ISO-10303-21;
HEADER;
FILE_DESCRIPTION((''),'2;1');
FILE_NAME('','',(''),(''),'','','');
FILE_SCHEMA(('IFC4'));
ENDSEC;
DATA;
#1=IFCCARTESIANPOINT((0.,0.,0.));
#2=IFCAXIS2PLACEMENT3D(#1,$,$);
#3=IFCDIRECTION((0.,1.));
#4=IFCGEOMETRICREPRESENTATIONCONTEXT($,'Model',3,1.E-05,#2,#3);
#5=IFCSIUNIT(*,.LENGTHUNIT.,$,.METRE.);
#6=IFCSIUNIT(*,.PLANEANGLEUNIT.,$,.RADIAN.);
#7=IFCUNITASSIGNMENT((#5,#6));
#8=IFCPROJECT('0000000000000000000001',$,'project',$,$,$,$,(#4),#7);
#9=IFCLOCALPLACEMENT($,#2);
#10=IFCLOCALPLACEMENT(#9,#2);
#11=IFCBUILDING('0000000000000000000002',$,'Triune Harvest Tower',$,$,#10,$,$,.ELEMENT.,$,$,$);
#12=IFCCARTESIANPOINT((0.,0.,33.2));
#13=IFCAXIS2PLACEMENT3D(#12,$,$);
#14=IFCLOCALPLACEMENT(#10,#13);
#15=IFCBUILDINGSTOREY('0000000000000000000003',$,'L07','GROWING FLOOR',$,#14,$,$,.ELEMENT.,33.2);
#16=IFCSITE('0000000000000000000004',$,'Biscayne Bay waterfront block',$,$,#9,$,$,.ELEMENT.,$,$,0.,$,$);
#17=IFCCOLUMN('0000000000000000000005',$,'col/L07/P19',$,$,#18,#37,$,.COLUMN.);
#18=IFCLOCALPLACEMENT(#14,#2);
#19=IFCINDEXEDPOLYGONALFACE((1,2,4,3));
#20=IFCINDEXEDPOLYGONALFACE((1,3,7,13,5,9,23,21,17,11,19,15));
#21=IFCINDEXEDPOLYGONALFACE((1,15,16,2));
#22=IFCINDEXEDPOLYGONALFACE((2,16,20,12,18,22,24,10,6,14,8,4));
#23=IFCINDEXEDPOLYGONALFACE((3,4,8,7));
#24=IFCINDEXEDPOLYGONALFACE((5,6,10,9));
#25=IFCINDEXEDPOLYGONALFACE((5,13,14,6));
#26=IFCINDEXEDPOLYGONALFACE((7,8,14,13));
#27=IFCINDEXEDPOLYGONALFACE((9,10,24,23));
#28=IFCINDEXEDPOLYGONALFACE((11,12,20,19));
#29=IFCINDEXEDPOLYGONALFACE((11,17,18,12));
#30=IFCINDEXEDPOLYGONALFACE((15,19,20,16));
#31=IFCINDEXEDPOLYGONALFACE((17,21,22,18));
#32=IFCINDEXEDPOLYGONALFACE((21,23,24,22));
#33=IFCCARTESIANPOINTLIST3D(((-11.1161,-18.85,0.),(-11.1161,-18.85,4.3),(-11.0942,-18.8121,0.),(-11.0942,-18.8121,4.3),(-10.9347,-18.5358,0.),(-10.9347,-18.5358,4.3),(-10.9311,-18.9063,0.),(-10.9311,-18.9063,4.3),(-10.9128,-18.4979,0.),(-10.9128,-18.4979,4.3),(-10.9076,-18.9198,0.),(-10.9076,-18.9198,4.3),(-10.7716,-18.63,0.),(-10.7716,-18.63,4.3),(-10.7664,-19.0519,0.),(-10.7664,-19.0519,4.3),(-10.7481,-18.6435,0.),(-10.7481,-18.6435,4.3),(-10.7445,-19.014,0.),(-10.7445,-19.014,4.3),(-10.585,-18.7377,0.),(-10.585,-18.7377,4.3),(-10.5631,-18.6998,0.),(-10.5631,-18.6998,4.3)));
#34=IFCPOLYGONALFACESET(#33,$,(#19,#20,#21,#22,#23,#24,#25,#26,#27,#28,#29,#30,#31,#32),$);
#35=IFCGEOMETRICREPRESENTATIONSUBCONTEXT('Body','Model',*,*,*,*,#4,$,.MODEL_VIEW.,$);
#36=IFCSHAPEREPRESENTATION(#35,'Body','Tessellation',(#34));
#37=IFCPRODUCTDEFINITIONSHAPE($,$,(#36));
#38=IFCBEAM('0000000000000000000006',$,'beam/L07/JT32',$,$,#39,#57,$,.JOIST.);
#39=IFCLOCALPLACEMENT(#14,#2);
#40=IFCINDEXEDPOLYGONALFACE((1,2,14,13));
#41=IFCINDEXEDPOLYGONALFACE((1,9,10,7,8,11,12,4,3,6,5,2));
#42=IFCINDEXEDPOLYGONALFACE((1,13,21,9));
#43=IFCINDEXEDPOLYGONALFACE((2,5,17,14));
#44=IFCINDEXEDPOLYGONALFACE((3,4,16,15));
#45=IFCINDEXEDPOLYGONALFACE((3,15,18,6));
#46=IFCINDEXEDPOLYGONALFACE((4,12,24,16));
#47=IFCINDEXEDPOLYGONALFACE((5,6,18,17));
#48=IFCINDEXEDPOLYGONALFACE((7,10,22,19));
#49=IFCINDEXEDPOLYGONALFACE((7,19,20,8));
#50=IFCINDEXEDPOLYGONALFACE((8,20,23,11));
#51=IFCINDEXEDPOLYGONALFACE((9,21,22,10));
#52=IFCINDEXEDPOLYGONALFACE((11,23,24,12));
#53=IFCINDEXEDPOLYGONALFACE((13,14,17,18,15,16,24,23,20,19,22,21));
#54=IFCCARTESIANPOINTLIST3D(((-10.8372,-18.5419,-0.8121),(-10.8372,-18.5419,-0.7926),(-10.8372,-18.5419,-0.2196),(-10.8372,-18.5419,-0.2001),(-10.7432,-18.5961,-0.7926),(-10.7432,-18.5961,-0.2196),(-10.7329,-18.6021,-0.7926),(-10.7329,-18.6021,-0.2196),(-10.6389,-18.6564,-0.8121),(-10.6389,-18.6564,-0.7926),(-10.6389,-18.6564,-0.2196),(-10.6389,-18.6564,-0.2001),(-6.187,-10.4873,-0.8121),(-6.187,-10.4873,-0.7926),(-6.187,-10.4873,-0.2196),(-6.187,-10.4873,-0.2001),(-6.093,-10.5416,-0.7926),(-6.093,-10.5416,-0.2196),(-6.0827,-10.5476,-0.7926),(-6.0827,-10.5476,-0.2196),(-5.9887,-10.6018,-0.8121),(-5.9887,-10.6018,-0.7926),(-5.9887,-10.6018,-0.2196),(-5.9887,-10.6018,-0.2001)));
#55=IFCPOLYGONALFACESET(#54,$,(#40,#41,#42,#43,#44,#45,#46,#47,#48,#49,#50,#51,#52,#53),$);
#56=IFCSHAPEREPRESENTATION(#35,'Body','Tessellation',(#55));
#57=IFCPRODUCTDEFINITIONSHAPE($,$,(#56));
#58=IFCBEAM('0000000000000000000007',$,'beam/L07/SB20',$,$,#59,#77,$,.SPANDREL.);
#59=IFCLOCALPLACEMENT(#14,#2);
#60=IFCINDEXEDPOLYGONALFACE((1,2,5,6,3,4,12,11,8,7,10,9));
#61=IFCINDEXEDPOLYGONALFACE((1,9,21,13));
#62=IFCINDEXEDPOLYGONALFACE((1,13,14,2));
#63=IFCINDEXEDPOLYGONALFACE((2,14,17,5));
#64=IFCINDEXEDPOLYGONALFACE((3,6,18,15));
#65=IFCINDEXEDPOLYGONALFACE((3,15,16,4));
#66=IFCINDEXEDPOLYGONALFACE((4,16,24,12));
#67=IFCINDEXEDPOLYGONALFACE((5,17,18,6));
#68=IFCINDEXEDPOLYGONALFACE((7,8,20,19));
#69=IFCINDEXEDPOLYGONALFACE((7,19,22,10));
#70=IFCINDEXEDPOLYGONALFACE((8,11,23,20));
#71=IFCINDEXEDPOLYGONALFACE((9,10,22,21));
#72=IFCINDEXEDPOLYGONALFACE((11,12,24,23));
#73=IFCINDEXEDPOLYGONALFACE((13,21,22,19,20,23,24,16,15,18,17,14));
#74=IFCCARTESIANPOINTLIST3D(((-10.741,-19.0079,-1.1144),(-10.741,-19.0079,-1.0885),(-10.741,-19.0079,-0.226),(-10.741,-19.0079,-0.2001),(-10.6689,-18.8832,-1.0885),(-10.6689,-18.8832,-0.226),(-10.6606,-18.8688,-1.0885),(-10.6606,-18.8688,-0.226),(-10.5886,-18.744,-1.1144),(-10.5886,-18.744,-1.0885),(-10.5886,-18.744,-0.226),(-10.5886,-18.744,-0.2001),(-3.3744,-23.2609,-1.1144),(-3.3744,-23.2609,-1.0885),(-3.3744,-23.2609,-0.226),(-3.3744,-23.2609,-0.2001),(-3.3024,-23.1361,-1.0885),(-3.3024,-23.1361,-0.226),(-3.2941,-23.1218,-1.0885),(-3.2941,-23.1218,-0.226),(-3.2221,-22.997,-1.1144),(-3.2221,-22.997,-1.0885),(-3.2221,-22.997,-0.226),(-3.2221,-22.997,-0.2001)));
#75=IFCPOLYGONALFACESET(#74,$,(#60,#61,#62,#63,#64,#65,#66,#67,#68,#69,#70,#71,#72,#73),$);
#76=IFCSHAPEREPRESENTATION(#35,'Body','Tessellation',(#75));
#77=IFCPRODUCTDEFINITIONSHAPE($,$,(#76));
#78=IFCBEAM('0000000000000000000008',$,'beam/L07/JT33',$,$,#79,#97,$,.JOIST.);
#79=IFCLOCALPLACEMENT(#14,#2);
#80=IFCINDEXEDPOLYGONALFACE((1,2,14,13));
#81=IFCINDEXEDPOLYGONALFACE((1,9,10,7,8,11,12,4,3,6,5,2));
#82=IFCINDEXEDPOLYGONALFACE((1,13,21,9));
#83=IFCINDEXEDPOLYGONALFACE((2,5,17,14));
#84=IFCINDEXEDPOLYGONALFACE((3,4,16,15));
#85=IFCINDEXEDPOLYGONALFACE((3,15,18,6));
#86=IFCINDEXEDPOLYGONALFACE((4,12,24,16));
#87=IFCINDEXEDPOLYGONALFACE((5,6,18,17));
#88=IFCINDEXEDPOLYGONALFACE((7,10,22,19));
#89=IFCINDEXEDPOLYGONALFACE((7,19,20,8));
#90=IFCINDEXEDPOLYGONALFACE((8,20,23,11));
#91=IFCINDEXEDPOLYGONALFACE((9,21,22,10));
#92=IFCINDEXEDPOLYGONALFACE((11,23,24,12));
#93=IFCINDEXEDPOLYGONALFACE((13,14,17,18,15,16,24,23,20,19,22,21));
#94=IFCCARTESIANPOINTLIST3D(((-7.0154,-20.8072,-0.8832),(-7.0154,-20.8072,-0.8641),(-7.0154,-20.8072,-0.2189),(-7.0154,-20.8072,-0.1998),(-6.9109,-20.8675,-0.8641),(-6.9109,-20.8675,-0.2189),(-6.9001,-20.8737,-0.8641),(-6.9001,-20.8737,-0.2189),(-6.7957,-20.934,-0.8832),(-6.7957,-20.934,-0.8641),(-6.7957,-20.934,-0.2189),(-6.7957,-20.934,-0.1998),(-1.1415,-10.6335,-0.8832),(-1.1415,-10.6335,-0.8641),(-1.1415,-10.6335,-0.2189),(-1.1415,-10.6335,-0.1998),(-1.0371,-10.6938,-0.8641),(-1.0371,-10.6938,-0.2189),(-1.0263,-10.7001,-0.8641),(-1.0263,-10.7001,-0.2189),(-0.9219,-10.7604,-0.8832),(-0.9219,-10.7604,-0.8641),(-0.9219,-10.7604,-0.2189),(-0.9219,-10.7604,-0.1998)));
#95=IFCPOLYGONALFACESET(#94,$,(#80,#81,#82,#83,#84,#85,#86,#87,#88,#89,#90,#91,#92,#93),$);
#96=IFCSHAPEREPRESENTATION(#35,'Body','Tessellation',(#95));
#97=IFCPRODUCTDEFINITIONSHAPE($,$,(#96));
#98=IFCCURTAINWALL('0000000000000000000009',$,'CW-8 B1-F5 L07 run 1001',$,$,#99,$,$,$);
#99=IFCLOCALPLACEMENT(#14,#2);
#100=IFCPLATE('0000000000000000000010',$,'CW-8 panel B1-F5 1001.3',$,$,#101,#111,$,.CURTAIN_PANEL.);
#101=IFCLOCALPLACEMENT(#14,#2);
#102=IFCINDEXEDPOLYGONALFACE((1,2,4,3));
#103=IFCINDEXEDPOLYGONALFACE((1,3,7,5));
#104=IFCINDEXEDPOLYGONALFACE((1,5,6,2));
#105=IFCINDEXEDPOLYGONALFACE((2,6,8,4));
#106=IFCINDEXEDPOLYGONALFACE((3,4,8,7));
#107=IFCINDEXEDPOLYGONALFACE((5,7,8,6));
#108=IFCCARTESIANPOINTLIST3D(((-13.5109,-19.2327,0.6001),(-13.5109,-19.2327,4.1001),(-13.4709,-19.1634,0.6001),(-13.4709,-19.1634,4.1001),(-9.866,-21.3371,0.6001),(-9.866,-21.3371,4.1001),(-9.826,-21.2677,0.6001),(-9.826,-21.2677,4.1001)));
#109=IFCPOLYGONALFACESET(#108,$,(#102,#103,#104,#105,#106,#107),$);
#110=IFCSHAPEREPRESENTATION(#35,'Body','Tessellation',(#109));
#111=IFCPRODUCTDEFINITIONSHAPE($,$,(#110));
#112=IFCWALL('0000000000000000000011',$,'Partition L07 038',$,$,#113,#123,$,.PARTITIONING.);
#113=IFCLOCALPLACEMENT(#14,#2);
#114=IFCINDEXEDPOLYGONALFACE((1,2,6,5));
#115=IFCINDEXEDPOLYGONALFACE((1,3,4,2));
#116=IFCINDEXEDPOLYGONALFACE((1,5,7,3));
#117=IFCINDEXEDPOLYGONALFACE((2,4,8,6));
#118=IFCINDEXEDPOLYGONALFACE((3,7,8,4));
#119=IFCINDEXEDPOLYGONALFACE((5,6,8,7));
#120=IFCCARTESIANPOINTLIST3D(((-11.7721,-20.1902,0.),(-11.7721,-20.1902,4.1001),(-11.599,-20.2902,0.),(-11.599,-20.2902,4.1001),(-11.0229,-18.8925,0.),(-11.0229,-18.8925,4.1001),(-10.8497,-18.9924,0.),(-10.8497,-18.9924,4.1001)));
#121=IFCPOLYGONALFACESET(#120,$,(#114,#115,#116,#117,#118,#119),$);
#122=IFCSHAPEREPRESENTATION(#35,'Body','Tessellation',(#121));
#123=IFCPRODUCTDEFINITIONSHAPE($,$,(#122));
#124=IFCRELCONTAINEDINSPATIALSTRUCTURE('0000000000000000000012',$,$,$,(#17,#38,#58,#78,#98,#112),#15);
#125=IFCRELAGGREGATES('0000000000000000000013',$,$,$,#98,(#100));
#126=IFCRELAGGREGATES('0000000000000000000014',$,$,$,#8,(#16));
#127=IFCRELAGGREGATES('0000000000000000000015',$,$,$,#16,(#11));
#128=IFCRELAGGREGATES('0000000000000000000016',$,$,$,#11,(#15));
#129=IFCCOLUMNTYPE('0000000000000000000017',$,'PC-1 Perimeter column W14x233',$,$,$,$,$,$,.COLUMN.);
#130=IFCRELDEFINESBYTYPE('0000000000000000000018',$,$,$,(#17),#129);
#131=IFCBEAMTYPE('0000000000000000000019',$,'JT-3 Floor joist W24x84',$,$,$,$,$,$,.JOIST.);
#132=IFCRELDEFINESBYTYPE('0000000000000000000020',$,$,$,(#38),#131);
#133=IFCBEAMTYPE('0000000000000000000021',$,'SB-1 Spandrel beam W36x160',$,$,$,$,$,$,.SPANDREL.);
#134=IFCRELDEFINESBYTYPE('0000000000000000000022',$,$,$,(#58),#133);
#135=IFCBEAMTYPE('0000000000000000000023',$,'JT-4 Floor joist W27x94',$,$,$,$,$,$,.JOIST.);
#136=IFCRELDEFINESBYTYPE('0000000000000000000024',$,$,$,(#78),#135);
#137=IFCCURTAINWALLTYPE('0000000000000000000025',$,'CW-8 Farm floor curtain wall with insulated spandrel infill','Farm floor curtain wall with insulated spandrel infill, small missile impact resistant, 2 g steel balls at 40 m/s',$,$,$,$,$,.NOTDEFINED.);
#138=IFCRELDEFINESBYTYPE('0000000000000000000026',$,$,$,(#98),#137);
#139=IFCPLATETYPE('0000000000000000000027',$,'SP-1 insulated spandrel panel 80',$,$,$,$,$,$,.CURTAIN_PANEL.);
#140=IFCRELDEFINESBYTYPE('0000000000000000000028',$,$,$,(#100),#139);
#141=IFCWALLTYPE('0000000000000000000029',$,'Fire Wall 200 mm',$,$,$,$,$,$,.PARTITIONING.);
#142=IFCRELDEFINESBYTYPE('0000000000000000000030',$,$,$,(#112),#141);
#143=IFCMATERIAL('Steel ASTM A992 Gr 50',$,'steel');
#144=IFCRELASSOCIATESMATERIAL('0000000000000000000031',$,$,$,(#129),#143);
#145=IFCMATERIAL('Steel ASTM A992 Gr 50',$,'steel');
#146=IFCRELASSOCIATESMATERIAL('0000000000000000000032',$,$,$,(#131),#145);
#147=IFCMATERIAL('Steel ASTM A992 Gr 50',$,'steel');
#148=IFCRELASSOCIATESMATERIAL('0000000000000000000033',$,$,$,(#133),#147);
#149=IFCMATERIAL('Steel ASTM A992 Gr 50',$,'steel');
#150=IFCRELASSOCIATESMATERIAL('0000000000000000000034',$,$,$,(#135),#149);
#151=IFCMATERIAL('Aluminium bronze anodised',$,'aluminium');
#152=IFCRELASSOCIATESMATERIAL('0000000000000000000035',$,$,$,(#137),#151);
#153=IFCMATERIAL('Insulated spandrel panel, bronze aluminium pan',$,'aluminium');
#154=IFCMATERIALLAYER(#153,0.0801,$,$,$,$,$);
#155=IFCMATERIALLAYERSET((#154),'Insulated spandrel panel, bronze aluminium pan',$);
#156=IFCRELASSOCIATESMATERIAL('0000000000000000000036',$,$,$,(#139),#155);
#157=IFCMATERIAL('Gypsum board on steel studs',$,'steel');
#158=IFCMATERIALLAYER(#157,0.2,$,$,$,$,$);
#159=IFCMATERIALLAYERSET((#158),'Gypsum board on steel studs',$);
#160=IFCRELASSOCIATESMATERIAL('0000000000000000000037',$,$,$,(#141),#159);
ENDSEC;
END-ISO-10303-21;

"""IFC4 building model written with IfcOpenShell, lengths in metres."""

from ifc_helpers import new_model, si_unit, direction, frame, frame_2d, origin, origin_2d, place, context, subcontext, project, spatial, rectangle, i_section, extrude, source, transform, mapped, material, layer, layer_set, material_profile, profile_set, type_object, element, aggregate, save


model = new_model("IFC4")

# Units and contexts
model_context = context("Model", 3, precision=1e-05, world=origin(), true_north=direction((0.0, 1.0)))
body_context = subcontext(model_context, "Body", "Model", "MODEL_VIEW")
ifc_project = project(units=[si_unit("LENGTHUNIT", "METRE"), si_unit("PLANEANGLEUNIT", "RADIAN")], contexts=[model_context])

# Site, building, storey
site_placement = place(None, origin())
site = spatial("IfcSite", under=ifc_project, at=site_placement, Name="Biscayne Bay waterfront block", CompositionType="ELEMENT", RefElevation=0.0)
building_placement = place(site_placement, origin())
building = spatial("IfcBuilding", under=site, at=building_placement, Name="Triune Harvest Tower", CompositionType="ELEMENT")
storey_placement = place(building_placement, frame((0.0, 0.0, 33.2)))
storey = spatial("IfcBuildingStorey", under=building, at=storey_placement, Name="L07", Description="GROWING FLOOR", CompositionType="ELEMENT", Elevation=33.2)

# Column
ifc_material_1 = material(Name="Steel ASTM A992 Gr 50", Category="steel")
ifc_material_profile_1 = material_profile(ifc_material_1, i_section(OverallWidth=0.4038, OverallDepth=0.4065, WebThickness=0.0271, FlangeThickness=0.0437, at=origin_2d()), Name="W14x233")
ifc_profile_set_1 = profile_set([ifc_material_profile_1], Name="Steel ASTM A992 Gr 50")
column_type = type_object("IfcColumnType", Name="PC-1 Perimeter column W14x233", PredefinedType="COLUMN", material=ifc_profile_set_1)
shared_shape_1 = source(origin(), body_context, "Body", "SweptSolid", [
    extrude(i_section(OverallWidth=0.4038, OverallDepth=0.4065, WebThickness=0.0271, FlangeThickness=0.0437, at=origin_2d()), origin(), (0.0, 0.0, 1.0), 4.3),
])
column_placement = place(storey_placement, frame((-10.8396, -18.7749, 0.0), z_axis=(0.0, 0.0, 1.0), x_axis=(0.866025, -0.5, 0.0)))
element("IfcColumn", 1, at=column_placement, inside=storey, type_object=column_type, Name="col/L07/P19", PredefinedType="COLUMN", context=body_context, shape_type="MappedRepresentation", body=[
    mapped(shared_shape_1, transform((0.0, 0.0, 0.0), scale=1.0)),
])

# Beams
ifc_material_2 = material(Name="Steel ASTM A992 Gr 50", Category="steel")
ifc_material_profile_2 = material_profile(ifc_material_2, i_section(OverallWidth=0.229, OverallDepth=0.6121, WebThickness=0.012, FlangeThickness=0.0195, at=origin_2d()), Name="W24x84")
ifc_profile_set_2 = profile_set([ifc_material_profile_2], Name="Steel ASTM A992 Gr 50")
beam_type_1 = type_object("IfcBeamType", Name="JT-3 Floor joist W24x84", PredefinedType="JOIST", material=ifc_profile_set_2)
shared_shape_2 = source(origin(), body_context, "Body", "SweptSolid", [
    extrude(i_section(OverallWidth=0.229, OverallDepth=0.6121, WebThickness=0.012, FlangeThickness=0.0195, at=origin_2d()), origin(), (0.0, 0.0, 1.0), 9.3005),
])
beam_1_placement = place(storey_placement, frame((-10.738, -18.5991, -0.5061), z_axis=(0.499993, 0.86603, 0.0), x_axis=(-0.86603, 0.499993, 0.0)))
element("IfcBeam", 2, at=beam_1_placement, inside=storey, type_object=beam_type_1, Name="beam/L07/JT32", PredefinedType="JOIST", context=body_context, shape_type="MappedRepresentation", body=[
    mapped(shared_shape_2, transform((0.0, 0.0, 0.0), scale=1.0)),
])
ifc_material_3 = material(Name="Steel ASTM A992 Gr 50", Category="steel")
ifc_material_profile_3 = material_profile(ifc_material_3, i_section(OverallWidth=0.3047, OverallDepth=0.9143, WebThickness=0.0166, FlangeThickness=0.0259, at=origin_2d()), Name="W36x160")
ifc_profile_set_3 = profile_set([ifc_material_profile_3], Name="Steel ASTM A992 Gr 50")
beam_type_2 = type_object("IfcBeamType", Name="SB-1 Spandrel beam W36x160", PredefinedType="SPANDREL", material=ifc_profile_set_3)
shared_shape_3 = source(origin(), body_context, "Body", "SweptSolid", [
    extrude(i_section(OverallWidth=0.3047, OverallDepth=0.9143, WebThickness=0.0166, FlangeThickness=0.0259, at=origin_2d()), origin(), (0.0, 0.0, 1.0), 8.5061),
])
beam_2_placement = place(storey_placement, frame((-10.6648, -18.876, -0.6572), z_axis=(0.86603, -0.499992, 0.0), x_axis=(0.499992, 0.86603, 0.0)))
element("IfcBeam", 3, at=beam_2_placement, inside=storey, type_object=beam_type_2, Name="beam/L07/SB20", PredefinedType="SPANDREL", context=body_context, shape_type="MappedRepresentation", body=[
    mapped(shared_shape_3, transform((0.0, 0.0, 0.0), scale=1.0)),
])
ifc_material_4 = material(Name="Steel ASTM A992 Gr 50", Category="steel")
ifc_material_profile_4 = material_profile(ifc_material_4, i_section(OverallWidth=0.2537, OverallDepth=0.6833, WebThickness=0.0125, FlangeThickness=0.019, at=origin_2d()), Name="W27x94")
ifc_profile_set_4 = profile_set([ifc_material_profile_4], Name="Steel ASTM A992 Gr 50")
beam_type_3 = type_object("IfcBeamType", Name="JT-4 Floor joist W27x94", PredefinedType="JOIST", material=ifc_profile_set_4)
shared_shape_4 = source(origin(), body_context, "Body", "SweptSolid", [
    extrude(i_section(OverallWidth=0.2537, OverallDepth=0.6833, WebThickness=0.0125, FlangeThickness=0.019, at=origin_2d()), origin(), (0.0, 0.0, 1.0), 11.7476),
])
beam_3_placement = place(storey_placement, frame((-6.9055, -20.8706, -0.5415), z_axis=(0.500004, 0.866023, 0.0), x_axis=(-0.866023, 0.500004, 0.0)))
element("IfcBeam", 4, at=beam_3_placement, inside=storey, type_object=beam_type_3, Name="beam/L07/JT33", PredefinedType="JOIST", context=body_context, shape_type="MappedRepresentation", body=[
    mapped(shared_shape_4, transform((0.0, 0.0, 0.0), scale=1.0)),
])

# Curtain wall, plate
ifc_material_5 = material(Name="Aluminium bronze anodised", Category="aluminium")
curtain_wall_type = type_object("IfcCurtainWallType", Name="CW-8 Farm floor curtain wall with insulated spandrel infill", Description="Farm floor curtain wall with insulated spandrel infill, small missile impact resistant, 2 g steel balls at 40 m/s", PredefinedType="NOTDEFINED", material=ifc_material_5)
curtain_wall_placement = place(storey_placement, origin())
curtain_wall = element("IfcCurtainWall", 5, at=curtain_wall_placement, inside=storey, type_object=curtain_wall_type, Name="CW-8 B1-F5 L07 run 1001")
ifc_material_6 = material(Name="Insulated spandrel panel, bronze aluminium pan", Category="aluminium")
ifc_layer_1 = layer(ifc_material_6, 0.0801)
ifc_layer_set_1 = layer_set([ifc_layer_1], Name="Insulated spandrel panel, bronze aluminium pan")
plate_type = type_object("IfcPlateType", Name="SP-1 insulated spandrel panel 80", PredefinedType="CURTAIN_PANEL", material=ifc_layer_set_1)
shared_shape_5 = source(origin(), body_context, "Body", "SweptSolid", [
    extrude(rectangle(XDim=4.2087, YDim=0.0801, at=origin_2d()), origin(), (0.0, 0.0, 1.0), 3.5),
])
plate_placement = place(storey_placement, frame((-11.6685, -20.2502, 0.6001), z_axis=(0.0, 0.0, 1.0), x_axis=(0.866027, -0.499998, 0.0)))
plate = element("IfcPlate", 6, at=plate_placement, type_object=plate_type, Name="CW-8 panel B1-F5 1001.3", PredefinedType="CURTAIN_PANEL", context=body_context, shape_type="MappedRepresentation", body=[
    mapped(shared_shape_5, transform((0.0, 0.0, 0.0), scale=1.0)),
])
aggregate(curtain_wall, [plate])

# Wall
ifc_material_7 = material(Name="Gypsum board on steel studs", Category="steel")
ifc_layer_2 = layer(ifc_material_7, 0.2)
ifc_layer_set_2 = layer_set([ifc_layer_2], Name="Gypsum board on steel studs")
wall_type_1 = type_object("IfcWallType", Name="Fire Wall 200 mm", PredefinedType="PARTITIONING", material=ifc_layer_set_2)
shared_shape_6 = source(origin(), body_context, "Body", "SweptSolid", [
    extrude(rectangle(XDim=1.4985, YDim=0.2, at=frame_2d((0.7493, 0.0))), origin(), (0.0, 0.0, 1.0), 4.1001),
])
wall_1_placement = place(storey_placement, frame((-11.6855, -20.2402, 0.0), z_axis=(0.0, 0.0, 1.0), x_axis=(0.499976, 0.866039, 0.0)))
element("IfcWall", 7, at=wall_1_placement, inside=storey, type_object=wall_type_1, Name="Partition L07 038", PredefinedType="PARTITIONING", context=body_context, shape_type="MappedRepresentation", body=[
    mapped(shared_shape_6, transform((0.0, 0.0, 0.0), scale=1.0)),
])

save(model, "model.ifc")
